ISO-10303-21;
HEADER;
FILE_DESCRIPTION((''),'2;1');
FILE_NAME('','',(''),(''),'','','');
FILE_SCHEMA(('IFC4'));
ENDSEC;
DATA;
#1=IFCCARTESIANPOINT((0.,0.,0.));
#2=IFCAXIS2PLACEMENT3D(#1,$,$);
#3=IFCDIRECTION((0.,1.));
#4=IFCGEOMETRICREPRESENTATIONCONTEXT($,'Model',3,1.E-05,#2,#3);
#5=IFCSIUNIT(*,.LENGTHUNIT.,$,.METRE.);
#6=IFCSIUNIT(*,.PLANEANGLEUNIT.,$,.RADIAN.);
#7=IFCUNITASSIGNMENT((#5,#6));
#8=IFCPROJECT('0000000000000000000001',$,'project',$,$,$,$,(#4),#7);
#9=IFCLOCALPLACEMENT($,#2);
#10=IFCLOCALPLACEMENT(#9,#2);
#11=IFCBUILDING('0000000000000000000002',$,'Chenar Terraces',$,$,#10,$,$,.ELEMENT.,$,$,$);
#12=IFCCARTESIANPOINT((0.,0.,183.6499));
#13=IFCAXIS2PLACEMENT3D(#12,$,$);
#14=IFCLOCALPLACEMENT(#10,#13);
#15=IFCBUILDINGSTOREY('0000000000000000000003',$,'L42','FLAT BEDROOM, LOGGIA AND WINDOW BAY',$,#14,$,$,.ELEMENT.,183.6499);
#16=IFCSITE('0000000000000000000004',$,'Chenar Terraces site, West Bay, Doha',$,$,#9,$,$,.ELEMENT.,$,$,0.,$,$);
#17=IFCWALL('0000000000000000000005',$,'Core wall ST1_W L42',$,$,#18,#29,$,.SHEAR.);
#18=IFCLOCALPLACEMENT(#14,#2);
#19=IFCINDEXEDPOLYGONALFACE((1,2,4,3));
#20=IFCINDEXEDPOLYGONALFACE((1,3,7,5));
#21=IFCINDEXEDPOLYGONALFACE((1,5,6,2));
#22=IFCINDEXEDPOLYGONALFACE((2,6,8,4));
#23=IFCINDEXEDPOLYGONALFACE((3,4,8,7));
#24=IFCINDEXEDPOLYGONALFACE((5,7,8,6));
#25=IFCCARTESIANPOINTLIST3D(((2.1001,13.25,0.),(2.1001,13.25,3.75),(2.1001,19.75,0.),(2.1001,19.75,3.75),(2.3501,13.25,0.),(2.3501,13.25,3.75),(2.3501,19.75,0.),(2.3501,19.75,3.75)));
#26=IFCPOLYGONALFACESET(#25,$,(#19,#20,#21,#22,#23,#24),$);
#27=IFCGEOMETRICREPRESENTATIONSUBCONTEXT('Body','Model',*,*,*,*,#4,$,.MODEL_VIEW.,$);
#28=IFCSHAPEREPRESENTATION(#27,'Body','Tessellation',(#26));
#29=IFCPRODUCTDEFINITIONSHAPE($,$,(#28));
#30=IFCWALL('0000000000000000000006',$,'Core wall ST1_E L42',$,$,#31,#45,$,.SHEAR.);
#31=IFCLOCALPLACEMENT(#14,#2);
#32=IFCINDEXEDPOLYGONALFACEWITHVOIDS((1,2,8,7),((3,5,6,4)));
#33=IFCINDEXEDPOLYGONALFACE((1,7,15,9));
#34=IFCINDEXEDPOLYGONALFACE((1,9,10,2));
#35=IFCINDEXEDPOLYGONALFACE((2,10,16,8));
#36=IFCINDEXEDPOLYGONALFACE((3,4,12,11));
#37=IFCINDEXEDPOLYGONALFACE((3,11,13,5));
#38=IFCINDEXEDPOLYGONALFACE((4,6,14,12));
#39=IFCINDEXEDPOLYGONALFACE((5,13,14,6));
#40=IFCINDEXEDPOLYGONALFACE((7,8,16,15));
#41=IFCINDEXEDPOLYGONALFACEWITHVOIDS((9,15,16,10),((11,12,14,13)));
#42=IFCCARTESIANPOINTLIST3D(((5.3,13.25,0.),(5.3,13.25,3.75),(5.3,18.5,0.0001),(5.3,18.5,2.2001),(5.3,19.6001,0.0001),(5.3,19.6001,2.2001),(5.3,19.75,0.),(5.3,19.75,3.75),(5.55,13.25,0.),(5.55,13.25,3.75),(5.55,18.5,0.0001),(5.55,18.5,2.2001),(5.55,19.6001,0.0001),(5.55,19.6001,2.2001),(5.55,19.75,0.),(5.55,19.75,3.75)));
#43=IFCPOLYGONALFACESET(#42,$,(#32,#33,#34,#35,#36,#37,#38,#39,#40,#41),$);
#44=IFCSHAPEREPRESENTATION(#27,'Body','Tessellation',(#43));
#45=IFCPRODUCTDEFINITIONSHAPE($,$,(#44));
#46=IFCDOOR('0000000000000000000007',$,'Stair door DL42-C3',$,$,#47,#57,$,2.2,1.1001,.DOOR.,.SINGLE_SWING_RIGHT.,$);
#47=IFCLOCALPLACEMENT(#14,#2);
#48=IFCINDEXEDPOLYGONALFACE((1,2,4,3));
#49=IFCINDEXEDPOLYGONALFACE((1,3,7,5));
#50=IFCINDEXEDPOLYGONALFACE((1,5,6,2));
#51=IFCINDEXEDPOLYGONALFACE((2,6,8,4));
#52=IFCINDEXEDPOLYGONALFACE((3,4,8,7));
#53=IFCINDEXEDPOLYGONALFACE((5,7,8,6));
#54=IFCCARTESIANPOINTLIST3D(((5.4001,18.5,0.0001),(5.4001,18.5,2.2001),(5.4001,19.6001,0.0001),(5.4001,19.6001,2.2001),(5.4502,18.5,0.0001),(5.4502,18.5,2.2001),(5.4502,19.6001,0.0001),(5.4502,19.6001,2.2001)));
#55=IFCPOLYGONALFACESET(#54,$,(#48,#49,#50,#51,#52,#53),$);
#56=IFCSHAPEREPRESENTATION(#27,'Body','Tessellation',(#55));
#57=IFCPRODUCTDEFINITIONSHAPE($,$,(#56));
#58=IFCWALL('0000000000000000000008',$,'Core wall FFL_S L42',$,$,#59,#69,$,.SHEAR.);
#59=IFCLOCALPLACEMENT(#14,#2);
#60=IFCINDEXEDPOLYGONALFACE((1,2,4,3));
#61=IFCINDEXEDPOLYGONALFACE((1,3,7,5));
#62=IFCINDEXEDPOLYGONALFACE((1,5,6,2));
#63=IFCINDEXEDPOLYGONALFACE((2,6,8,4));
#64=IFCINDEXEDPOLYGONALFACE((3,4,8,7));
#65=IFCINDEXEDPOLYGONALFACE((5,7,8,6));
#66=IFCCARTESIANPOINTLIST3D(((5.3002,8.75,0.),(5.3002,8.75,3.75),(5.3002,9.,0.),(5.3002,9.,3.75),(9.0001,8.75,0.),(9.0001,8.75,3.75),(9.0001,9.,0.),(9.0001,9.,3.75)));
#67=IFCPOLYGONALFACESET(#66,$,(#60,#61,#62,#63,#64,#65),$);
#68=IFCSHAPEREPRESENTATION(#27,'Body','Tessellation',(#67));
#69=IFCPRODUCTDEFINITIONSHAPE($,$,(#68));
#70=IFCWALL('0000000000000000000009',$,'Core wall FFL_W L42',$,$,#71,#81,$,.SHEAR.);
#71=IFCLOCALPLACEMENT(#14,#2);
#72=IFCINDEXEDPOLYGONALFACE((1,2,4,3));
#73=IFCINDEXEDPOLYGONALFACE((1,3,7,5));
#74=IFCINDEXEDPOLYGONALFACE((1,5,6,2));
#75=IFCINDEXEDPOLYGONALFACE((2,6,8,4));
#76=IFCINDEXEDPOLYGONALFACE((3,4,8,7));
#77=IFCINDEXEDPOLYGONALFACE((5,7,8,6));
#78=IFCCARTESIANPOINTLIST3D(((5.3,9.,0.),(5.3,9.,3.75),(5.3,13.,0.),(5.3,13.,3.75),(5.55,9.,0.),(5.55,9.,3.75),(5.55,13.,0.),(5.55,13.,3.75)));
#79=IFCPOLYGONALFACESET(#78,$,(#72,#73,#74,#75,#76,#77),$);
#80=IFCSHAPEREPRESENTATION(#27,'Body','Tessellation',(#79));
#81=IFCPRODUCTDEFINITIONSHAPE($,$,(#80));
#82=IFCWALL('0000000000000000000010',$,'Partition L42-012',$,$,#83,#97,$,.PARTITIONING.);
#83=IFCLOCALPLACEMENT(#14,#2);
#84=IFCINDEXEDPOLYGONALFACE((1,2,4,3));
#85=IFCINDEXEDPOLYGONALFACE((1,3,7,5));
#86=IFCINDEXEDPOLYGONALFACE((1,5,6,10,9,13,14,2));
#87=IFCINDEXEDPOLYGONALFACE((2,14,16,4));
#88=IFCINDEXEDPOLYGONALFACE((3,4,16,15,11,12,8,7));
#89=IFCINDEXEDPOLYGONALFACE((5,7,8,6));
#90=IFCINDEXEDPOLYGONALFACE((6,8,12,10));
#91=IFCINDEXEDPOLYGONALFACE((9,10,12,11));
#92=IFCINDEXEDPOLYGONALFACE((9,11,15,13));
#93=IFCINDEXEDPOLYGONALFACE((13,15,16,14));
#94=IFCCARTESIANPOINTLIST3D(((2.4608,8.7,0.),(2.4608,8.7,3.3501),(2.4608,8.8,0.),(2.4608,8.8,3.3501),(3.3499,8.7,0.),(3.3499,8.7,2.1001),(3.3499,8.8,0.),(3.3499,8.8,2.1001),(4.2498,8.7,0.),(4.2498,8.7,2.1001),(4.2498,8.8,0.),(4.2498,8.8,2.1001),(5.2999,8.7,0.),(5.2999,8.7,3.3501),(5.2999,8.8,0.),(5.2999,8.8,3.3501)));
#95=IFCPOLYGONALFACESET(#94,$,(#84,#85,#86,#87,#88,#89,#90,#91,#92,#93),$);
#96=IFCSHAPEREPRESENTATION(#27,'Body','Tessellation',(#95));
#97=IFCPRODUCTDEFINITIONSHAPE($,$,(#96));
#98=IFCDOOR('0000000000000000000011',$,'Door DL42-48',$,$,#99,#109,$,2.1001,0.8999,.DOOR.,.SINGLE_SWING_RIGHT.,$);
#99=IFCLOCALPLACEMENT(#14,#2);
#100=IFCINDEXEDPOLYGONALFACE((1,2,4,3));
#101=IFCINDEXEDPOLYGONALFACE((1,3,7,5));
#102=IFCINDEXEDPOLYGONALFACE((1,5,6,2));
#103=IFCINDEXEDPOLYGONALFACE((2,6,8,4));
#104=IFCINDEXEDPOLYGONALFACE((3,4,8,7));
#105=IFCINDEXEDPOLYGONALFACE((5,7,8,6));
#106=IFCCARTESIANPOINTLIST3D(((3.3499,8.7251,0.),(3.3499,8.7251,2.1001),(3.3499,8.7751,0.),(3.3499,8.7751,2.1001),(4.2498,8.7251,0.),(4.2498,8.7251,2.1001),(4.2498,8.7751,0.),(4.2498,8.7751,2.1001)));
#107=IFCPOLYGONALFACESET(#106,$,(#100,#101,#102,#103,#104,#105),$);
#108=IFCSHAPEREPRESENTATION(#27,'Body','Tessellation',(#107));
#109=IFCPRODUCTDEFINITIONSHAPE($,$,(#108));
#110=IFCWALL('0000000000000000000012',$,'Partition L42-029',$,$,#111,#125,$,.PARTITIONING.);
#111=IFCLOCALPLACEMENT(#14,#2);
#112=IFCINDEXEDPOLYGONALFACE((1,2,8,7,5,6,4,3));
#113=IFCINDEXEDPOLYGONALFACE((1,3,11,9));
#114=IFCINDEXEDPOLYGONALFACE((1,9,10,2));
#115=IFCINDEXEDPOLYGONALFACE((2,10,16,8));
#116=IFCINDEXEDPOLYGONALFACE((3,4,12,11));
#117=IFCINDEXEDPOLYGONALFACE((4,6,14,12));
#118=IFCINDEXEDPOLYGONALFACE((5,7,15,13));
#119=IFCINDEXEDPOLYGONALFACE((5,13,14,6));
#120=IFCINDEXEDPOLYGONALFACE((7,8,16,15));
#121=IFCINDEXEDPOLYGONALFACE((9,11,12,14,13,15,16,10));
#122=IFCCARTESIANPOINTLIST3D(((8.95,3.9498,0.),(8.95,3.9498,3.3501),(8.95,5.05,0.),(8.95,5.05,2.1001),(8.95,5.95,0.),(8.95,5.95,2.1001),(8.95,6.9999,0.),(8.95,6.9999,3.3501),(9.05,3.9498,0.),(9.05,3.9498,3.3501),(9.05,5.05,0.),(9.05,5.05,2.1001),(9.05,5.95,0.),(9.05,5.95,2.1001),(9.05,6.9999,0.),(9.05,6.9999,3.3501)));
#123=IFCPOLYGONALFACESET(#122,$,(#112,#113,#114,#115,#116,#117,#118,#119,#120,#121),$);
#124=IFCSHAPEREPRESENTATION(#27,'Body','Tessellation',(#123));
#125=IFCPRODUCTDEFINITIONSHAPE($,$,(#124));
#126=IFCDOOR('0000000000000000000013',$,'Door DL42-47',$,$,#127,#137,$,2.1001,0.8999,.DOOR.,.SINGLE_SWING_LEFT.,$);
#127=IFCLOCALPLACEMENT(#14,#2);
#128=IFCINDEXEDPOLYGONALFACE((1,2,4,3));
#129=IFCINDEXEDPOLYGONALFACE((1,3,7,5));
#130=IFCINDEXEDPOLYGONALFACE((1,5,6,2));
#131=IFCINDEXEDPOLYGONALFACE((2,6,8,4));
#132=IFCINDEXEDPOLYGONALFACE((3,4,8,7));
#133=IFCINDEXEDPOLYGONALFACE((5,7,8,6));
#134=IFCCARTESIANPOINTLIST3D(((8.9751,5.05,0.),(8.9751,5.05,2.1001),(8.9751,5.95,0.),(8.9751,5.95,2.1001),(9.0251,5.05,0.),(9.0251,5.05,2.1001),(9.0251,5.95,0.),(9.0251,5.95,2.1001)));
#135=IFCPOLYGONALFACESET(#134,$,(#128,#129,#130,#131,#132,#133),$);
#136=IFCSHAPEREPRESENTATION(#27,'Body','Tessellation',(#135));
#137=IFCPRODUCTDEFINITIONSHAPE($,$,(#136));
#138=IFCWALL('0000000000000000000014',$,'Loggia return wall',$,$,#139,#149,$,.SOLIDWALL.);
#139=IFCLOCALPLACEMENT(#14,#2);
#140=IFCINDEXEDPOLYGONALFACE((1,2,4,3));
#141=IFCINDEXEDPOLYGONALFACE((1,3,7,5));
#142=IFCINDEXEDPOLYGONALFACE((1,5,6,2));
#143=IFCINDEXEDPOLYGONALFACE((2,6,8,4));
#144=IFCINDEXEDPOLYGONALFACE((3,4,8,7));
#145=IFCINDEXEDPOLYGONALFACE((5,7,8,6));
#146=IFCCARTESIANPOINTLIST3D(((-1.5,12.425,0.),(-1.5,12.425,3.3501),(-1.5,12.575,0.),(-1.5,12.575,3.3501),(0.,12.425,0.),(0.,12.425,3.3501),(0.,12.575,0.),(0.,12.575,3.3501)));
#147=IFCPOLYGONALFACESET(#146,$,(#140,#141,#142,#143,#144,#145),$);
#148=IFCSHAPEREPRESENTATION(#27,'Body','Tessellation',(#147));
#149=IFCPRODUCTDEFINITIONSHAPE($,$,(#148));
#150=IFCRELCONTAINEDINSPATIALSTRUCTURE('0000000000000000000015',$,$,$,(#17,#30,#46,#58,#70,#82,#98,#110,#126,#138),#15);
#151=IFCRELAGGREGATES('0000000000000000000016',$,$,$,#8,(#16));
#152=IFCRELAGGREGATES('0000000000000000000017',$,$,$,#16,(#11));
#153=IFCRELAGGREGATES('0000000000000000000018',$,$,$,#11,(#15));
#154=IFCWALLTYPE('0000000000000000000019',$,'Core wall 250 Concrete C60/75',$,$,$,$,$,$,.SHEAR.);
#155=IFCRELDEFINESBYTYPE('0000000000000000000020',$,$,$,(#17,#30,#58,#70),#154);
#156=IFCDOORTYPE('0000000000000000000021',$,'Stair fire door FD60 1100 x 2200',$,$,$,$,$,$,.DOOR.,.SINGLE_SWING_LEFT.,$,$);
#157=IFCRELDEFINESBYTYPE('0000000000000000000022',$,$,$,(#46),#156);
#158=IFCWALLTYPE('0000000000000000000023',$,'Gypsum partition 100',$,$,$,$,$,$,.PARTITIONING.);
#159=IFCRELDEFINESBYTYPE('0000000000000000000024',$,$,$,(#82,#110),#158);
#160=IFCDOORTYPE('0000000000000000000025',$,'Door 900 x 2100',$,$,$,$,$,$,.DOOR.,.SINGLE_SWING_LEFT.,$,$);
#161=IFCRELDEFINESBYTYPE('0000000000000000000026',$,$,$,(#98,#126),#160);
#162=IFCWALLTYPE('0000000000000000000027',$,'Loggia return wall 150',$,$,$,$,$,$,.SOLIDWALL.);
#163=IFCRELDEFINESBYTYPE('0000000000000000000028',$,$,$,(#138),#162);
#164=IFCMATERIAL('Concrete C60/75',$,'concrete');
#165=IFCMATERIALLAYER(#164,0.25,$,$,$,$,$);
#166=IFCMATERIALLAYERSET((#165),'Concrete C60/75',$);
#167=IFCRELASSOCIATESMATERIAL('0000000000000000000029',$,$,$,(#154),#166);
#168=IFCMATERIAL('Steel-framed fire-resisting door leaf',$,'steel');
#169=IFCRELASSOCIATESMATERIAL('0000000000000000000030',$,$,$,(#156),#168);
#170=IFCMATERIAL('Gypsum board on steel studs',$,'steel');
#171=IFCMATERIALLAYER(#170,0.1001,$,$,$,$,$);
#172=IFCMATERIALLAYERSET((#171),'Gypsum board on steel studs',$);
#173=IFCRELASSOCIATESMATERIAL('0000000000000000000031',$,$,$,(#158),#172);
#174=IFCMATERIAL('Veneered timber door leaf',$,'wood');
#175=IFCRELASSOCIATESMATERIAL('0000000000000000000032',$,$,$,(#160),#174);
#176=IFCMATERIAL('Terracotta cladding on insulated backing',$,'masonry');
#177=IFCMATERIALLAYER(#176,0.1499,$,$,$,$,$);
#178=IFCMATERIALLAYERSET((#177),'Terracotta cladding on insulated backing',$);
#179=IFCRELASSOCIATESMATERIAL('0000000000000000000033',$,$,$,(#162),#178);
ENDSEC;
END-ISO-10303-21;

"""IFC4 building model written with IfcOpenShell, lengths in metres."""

from ifc_helpers import new_model, si_unit, direction, frame, frame_2d, origin, place, context, subcontext, project, spatial, rectangle, extrude, material, layer, layer_set, type_object, element, fill, save


model = new_model("IFC4")

# Units and contexts
model_context = context("Model", 3, precision=1e-05, world=origin(), true_north=direction((0.0, 1.0)))
body_context = subcontext(model_context, "Body", "Model", "MODEL_VIEW")
ifc_project = project(units=[si_unit("LENGTHUNIT", "METRE"), si_unit("PLANEANGLEUNIT", "RADIAN")], contexts=[model_context])

# Site, building, storey
site_placement = place(None, origin())
site = spatial("IfcSite", under=ifc_project, at=site_placement, Name="Chenar Terraces site, West Bay, Doha", CompositionType="ELEMENT", RefElevation=0.0)
building_placement = place(site_placement, origin())
building = spatial("IfcBuilding", under=site, at=building_placement, Name="Chenar Terraces", CompositionType="ELEMENT")
storey_placement = place(building_placement, frame((0.0, 0.0, 183.6499)))
storey = spatial("IfcBuildingStorey", under=building, at=storey_placement, Name="L42", Description="FLAT BEDROOM, LOGGIA AND WINDOW BAY", CompositionType="ELEMENT", Elevation=183.6499)

# Wall
ifc_material_1 = material(Name="Concrete C60/75", Category="concrete")
ifc_layer_1 = layer(ifc_material_1, 0.25)
ifc_layer_set_1 = layer_set([ifc_layer_1], Name="Concrete C60/75")
wall_type_1 = type_object("IfcWallType", Name="Core wall 250 Concrete C60/75", PredefinedType="SHEAR", material=ifc_layer_set_1)
wall_1_placement = place(storey_placement, frame((2.2251, 13.25, 0.0), z_axis=(0.0, 0.0, 1.0), x_axis=(0.0, 1.0, 0.0)))
element("IfcWall", 1, at=wall_1_placement, inside=storey, type_object=wall_type_1, Name="Core wall ST1_W L42", PredefinedType="SHEAR", context=body_context, shape_type="SweptSolid", body=[
    extrude(rectangle(XDim=6.5, YDim=0.25, at=frame_2d((3.25, 0.0))), origin(), (0.0, 0.0, 1.0), 3.75),
])

# Wall, opening, door
wall_2_placement = place(storey_placement, frame((5.425, 13.25, 0.0), z_axis=(0.0, 0.0, 1.0), x_axis=(0.0, 1.0, 0.0)))
wall_2 = element("IfcWall", 2, at=wall_2_placement, inside=storey, type_object=wall_type_1, Name="Core wall ST1_E L42", PredefinedType="SHEAR", context=body_context, shape_type="SweptSolid", body=[
    extrude(rectangle(XDim=6.5, YDim=0.25, at=frame_2d((3.25, 0.0))), origin(), (0.0, 0.0, 1.0), 3.75),
])
opening_1_placement = place(wall_2_placement, frame((5.25, 0.0, 0.0)))
opening_1 = element("IfcOpeningElement", 3, at=opening_1_placement, cuts=wall_2, PredefinedType="OPENING", context=body_context, shape_type="SweptSolid", body=[
    extrude(rectangle(XDim=1.1001, YDim=2.2, at=frame_2d((0.55, 1.1001))), frame((0.0, 0.135, 0.0), z_axis=(0.0, -1.0, 0.0), x_axis=(1.0, 0.0, 0.0)), (0.0, 0.0, 1.0), 0.27),
])
ifc_material_2 = material(Name="Steel-framed fire-resisting door leaf", Category="steel")
door_type_1 = type_object("IfcDoorType", Name="Stair fire door FD60 1100 x 2200", OperationType="SINGLE_SWING_LEFT", PredefinedType="DOOR", material=ifc_material_2)
door_1_placement = place(opening_1_placement, origin())
door_1 = element("IfcDoor", 4, at=door_1_placement, inside=storey, type_object=door_type_1, Name="Stair door DL42-C3", OperationType="SINGLE_SWING_RIGHT", OverallHeight=2.2, OverallWidth=1.1001, PredefinedType="DOOR", context=body_context, shape_type="SweptSolid", body=[
    extrude(rectangle(XDim=1.1001, YDim=2.2, at=frame_2d((0.55, 1.1001))), frame((0.0, 0.0249, 0.0), z_axis=(0.0, -1.0, 0.0), x_axis=(1.0, 0.0, 0.0)), (0.0, 0.0, 1.0), 0.05),
])
fill(opening_1, door_1)

# Walls
wall_3_placement = place(storey_placement, frame((5.3, 8.875, 0.0), z_axis=(0.0, 0.0, 1.0), x_axis=(1.0, 0.0, 0.0)))
element("IfcWall", 5, at=wall_3_placement, inside=storey, type_object=wall_type_1, Name="Core wall FFL_S L42", PredefinedType="SHEAR", context=body_context, shape_type="SweptSolid", body=[
    extrude(rectangle(XDim=3.7, YDim=0.25, at=frame_2d((1.8501, 0.0))), origin(), (0.0, 0.0, 1.0), 3.75),
])
wall_4_placement = place(storey_placement, frame((5.425, 9.0, 0.0), z_axis=(0.0, 0.0, 1.0), x_axis=(0.0, 1.0, 0.0)))
element("IfcWall", 6, at=wall_4_placement, inside=storey, type_object=wall_type_1, Name="Core wall FFL_W L42", PredefinedType="SHEAR", context=body_context, shape_type="SweptSolid", body=[
    extrude(rectangle(XDim=4.0, YDim=0.25, at=frame_2d((2.0, 0.0))), origin(), (0.0, 0.0, 1.0), 3.75),
])

# Walls, openings, doors
ifc_material_3 = material(Name="Gypsum board on steel studs", Category="steel")
ifc_layer_2 = layer(ifc_material_3, 0.1001)
ifc_layer_set_2 = layer_set([ifc_layer_2], Name="Gypsum board on steel studs")
wall_type_2 = type_object("IfcWallType", Name="Gypsum partition 100", PredefinedType="PARTITIONING", material=ifc_layer_set_2)
wall_5_placement = place(storey_placement, frame((2.4609, 8.75, 0.0), z_axis=(0.0, 0.0, 1.0), x_axis=(1.0, 0.0, 0.0)))
wall_5 = element("IfcWall", 7, at=wall_5_placement, inside=storey, type_object=wall_type_2, Name="Partition L42-012", PredefinedType="PARTITIONING", context=body_context, shape_type="SweptSolid", body=[
    extrude(rectangle(XDim=2.8391, YDim=0.1001, at=frame_2d((1.4194, 0.0))), origin(), (0.0, 0.0, 1.0), 3.3501),
])
opening_2_placement = place(wall_5_placement, frame((0.8889, 0.0, 0.0)))
opening_2 = element("IfcOpeningElement", 8, at=opening_2_placement, cuts=wall_5, PredefinedType="OPENING", context=body_context, shape_type="SweptSolid", body=[
    extrude(rectangle(XDim=0.8999, YDim=2.1001, at=frame_2d((0.45, 1.05))), frame((0.0, 0.0601, 0.0), z_axis=(0.0, -1.0, 0.0), x_axis=(1.0, 0.0, 0.0)), (0.0, 0.0, 1.0), 0.1201),
])
ifc_material_4 = material(Name="Veneered timber door leaf", Category="wood")
door_type_2 = type_object("IfcDoorType", Name="Door 900 x 2100", OperationType="SINGLE_SWING_LEFT", PredefinedType="DOOR", material=ifc_material_4)
door_2_placement = place(opening_2_placement, frame((0.8999, 0.0, 0.0), z_axis=(0.0, 0.0, 1.0), x_axis=(-1.0, 0.0, 0.0)))
door_2 = element("IfcDoor", 9, at=door_2_placement, inside=storey, type_object=door_type_2, Name="Door DL42-48", OperationType="SINGLE_SWING_RIGHT", OverallHeight=2.1001, OverallWidth=0.8999, PredefinedType="DOOR", context=body_context, shape_type="SweptSolid", body=[
    extrude(rectangle(XDim=0.8999, YDim=2.1001, at=frame_2d((0.45, 1.05))), frame((0.0, 0.0249, 0.0), z_axis=(0.0, -1.0, 0.0), x_axis=(1.0, 0.0, 0.0)), (0.0, 0.0, 1.0), 0.05),
])
fill(opening_2, door_2)
wall_6_placement = place(storey_placement, frame((9.0, 3.95, 0.0), z_axis=(0.0, 0.0, 1.0), x_axis=(0.0, 1.0, 0.0)))
wall_6 = element("IfcWall", 10, at=wall_6_placement, inside=storey, type_object=wall_type_2, Name="Partition L42-029", PredefinedType="PARTITIONING", context=body_context, shape_type="SweptSolid", body=[
    extrude(rectangle(XDim=3.05, YDim=0.1001, at=frame_2d((1.5249, 0.0))), origin(), (0.0, 0.0, 1.0), 3.3501),
])
opening_3_placement = place(wall_6_placement, frame((1.1001, 0.0, 0.0)))
opening_3 = element("IfcOpeningElement", 11, at=opening_3_placement, cuts=wall_6, PredefinedType="OPENING", context=body_context, shape_type="SweptSolid", body=[
    extrude(rectangle(XDim=0.8999, YDim=2.1001, at=frame_2d((0.45, 1.05))), frame((0.0, 0.0601, 0.0), z_axis=(0.0, -1.0, 0.0), x_axis=(1.0, 0.0, 0.0)), (0.0, 0.0, 1.0), 0.1201),
])
door_3_placement = place(opening_3_placement, origin())
door_3 = element("IfcDoor", 12, at=door_3_placement, inside=storey, type_object=door_type_2, Name="Door DL42-47", OperationType="SINGLE_SWING_LEFT", OverallHeight=2.1001, OverallWidth=0.8999, PredefinedType="DOOR", context=body_context, shape_type="SweptSolid", body=[
    extrude(rectangle(XDim=0.8999, YDim=2.1001, at=frame_2d((0.45, 1.05))), frame((0.0, 0.0249, 0.0), z_axis=(0.0, -1.0, 0.0), x_axis=(1.0, 0.0, 0.0)), (0.0, 0.0, 1.0), 0.05),
])
fill(opening_3, door_3)

# Wall
ifc_material_5 = material(Name="Terracotta cladding on insulated backing", Category="masonry")
ifc_layer_3 = layer(ifc_material_5, 0.1499)
ifc_layer_set_3 = layer_set([ifc_layer_3], Name="Terracotta cladding on insulated backing")
wall_type_3 = type_object("IfcWallType", Name="Loggia return wall 150", PredefinedType="SOLIDWALL", material=ifc_layer_set_3)
wall_7_placement = place(storey_placement, frame((-1.5, 12.5, 0.0), z_axis=(0.0, 0.0, 1.0), x_axis=(1.0, 0.0, 0.0)))
element("IfcWall", 13, at=wall_7_placement, inside=storey, type_object=wall_type_3, Name="Loggia return wall", PredefinedType="SOLIDWALL", context=body_context, shape_type="SweptSolid", body=[
    extrude(rectangle(XDim=1.5, YDim=0.1499, at=frame_2d((0.75, 0.0))), origin(), (0.0, 0.0, 1.0), 3.3501),
])

save(model, "model.ifc")
